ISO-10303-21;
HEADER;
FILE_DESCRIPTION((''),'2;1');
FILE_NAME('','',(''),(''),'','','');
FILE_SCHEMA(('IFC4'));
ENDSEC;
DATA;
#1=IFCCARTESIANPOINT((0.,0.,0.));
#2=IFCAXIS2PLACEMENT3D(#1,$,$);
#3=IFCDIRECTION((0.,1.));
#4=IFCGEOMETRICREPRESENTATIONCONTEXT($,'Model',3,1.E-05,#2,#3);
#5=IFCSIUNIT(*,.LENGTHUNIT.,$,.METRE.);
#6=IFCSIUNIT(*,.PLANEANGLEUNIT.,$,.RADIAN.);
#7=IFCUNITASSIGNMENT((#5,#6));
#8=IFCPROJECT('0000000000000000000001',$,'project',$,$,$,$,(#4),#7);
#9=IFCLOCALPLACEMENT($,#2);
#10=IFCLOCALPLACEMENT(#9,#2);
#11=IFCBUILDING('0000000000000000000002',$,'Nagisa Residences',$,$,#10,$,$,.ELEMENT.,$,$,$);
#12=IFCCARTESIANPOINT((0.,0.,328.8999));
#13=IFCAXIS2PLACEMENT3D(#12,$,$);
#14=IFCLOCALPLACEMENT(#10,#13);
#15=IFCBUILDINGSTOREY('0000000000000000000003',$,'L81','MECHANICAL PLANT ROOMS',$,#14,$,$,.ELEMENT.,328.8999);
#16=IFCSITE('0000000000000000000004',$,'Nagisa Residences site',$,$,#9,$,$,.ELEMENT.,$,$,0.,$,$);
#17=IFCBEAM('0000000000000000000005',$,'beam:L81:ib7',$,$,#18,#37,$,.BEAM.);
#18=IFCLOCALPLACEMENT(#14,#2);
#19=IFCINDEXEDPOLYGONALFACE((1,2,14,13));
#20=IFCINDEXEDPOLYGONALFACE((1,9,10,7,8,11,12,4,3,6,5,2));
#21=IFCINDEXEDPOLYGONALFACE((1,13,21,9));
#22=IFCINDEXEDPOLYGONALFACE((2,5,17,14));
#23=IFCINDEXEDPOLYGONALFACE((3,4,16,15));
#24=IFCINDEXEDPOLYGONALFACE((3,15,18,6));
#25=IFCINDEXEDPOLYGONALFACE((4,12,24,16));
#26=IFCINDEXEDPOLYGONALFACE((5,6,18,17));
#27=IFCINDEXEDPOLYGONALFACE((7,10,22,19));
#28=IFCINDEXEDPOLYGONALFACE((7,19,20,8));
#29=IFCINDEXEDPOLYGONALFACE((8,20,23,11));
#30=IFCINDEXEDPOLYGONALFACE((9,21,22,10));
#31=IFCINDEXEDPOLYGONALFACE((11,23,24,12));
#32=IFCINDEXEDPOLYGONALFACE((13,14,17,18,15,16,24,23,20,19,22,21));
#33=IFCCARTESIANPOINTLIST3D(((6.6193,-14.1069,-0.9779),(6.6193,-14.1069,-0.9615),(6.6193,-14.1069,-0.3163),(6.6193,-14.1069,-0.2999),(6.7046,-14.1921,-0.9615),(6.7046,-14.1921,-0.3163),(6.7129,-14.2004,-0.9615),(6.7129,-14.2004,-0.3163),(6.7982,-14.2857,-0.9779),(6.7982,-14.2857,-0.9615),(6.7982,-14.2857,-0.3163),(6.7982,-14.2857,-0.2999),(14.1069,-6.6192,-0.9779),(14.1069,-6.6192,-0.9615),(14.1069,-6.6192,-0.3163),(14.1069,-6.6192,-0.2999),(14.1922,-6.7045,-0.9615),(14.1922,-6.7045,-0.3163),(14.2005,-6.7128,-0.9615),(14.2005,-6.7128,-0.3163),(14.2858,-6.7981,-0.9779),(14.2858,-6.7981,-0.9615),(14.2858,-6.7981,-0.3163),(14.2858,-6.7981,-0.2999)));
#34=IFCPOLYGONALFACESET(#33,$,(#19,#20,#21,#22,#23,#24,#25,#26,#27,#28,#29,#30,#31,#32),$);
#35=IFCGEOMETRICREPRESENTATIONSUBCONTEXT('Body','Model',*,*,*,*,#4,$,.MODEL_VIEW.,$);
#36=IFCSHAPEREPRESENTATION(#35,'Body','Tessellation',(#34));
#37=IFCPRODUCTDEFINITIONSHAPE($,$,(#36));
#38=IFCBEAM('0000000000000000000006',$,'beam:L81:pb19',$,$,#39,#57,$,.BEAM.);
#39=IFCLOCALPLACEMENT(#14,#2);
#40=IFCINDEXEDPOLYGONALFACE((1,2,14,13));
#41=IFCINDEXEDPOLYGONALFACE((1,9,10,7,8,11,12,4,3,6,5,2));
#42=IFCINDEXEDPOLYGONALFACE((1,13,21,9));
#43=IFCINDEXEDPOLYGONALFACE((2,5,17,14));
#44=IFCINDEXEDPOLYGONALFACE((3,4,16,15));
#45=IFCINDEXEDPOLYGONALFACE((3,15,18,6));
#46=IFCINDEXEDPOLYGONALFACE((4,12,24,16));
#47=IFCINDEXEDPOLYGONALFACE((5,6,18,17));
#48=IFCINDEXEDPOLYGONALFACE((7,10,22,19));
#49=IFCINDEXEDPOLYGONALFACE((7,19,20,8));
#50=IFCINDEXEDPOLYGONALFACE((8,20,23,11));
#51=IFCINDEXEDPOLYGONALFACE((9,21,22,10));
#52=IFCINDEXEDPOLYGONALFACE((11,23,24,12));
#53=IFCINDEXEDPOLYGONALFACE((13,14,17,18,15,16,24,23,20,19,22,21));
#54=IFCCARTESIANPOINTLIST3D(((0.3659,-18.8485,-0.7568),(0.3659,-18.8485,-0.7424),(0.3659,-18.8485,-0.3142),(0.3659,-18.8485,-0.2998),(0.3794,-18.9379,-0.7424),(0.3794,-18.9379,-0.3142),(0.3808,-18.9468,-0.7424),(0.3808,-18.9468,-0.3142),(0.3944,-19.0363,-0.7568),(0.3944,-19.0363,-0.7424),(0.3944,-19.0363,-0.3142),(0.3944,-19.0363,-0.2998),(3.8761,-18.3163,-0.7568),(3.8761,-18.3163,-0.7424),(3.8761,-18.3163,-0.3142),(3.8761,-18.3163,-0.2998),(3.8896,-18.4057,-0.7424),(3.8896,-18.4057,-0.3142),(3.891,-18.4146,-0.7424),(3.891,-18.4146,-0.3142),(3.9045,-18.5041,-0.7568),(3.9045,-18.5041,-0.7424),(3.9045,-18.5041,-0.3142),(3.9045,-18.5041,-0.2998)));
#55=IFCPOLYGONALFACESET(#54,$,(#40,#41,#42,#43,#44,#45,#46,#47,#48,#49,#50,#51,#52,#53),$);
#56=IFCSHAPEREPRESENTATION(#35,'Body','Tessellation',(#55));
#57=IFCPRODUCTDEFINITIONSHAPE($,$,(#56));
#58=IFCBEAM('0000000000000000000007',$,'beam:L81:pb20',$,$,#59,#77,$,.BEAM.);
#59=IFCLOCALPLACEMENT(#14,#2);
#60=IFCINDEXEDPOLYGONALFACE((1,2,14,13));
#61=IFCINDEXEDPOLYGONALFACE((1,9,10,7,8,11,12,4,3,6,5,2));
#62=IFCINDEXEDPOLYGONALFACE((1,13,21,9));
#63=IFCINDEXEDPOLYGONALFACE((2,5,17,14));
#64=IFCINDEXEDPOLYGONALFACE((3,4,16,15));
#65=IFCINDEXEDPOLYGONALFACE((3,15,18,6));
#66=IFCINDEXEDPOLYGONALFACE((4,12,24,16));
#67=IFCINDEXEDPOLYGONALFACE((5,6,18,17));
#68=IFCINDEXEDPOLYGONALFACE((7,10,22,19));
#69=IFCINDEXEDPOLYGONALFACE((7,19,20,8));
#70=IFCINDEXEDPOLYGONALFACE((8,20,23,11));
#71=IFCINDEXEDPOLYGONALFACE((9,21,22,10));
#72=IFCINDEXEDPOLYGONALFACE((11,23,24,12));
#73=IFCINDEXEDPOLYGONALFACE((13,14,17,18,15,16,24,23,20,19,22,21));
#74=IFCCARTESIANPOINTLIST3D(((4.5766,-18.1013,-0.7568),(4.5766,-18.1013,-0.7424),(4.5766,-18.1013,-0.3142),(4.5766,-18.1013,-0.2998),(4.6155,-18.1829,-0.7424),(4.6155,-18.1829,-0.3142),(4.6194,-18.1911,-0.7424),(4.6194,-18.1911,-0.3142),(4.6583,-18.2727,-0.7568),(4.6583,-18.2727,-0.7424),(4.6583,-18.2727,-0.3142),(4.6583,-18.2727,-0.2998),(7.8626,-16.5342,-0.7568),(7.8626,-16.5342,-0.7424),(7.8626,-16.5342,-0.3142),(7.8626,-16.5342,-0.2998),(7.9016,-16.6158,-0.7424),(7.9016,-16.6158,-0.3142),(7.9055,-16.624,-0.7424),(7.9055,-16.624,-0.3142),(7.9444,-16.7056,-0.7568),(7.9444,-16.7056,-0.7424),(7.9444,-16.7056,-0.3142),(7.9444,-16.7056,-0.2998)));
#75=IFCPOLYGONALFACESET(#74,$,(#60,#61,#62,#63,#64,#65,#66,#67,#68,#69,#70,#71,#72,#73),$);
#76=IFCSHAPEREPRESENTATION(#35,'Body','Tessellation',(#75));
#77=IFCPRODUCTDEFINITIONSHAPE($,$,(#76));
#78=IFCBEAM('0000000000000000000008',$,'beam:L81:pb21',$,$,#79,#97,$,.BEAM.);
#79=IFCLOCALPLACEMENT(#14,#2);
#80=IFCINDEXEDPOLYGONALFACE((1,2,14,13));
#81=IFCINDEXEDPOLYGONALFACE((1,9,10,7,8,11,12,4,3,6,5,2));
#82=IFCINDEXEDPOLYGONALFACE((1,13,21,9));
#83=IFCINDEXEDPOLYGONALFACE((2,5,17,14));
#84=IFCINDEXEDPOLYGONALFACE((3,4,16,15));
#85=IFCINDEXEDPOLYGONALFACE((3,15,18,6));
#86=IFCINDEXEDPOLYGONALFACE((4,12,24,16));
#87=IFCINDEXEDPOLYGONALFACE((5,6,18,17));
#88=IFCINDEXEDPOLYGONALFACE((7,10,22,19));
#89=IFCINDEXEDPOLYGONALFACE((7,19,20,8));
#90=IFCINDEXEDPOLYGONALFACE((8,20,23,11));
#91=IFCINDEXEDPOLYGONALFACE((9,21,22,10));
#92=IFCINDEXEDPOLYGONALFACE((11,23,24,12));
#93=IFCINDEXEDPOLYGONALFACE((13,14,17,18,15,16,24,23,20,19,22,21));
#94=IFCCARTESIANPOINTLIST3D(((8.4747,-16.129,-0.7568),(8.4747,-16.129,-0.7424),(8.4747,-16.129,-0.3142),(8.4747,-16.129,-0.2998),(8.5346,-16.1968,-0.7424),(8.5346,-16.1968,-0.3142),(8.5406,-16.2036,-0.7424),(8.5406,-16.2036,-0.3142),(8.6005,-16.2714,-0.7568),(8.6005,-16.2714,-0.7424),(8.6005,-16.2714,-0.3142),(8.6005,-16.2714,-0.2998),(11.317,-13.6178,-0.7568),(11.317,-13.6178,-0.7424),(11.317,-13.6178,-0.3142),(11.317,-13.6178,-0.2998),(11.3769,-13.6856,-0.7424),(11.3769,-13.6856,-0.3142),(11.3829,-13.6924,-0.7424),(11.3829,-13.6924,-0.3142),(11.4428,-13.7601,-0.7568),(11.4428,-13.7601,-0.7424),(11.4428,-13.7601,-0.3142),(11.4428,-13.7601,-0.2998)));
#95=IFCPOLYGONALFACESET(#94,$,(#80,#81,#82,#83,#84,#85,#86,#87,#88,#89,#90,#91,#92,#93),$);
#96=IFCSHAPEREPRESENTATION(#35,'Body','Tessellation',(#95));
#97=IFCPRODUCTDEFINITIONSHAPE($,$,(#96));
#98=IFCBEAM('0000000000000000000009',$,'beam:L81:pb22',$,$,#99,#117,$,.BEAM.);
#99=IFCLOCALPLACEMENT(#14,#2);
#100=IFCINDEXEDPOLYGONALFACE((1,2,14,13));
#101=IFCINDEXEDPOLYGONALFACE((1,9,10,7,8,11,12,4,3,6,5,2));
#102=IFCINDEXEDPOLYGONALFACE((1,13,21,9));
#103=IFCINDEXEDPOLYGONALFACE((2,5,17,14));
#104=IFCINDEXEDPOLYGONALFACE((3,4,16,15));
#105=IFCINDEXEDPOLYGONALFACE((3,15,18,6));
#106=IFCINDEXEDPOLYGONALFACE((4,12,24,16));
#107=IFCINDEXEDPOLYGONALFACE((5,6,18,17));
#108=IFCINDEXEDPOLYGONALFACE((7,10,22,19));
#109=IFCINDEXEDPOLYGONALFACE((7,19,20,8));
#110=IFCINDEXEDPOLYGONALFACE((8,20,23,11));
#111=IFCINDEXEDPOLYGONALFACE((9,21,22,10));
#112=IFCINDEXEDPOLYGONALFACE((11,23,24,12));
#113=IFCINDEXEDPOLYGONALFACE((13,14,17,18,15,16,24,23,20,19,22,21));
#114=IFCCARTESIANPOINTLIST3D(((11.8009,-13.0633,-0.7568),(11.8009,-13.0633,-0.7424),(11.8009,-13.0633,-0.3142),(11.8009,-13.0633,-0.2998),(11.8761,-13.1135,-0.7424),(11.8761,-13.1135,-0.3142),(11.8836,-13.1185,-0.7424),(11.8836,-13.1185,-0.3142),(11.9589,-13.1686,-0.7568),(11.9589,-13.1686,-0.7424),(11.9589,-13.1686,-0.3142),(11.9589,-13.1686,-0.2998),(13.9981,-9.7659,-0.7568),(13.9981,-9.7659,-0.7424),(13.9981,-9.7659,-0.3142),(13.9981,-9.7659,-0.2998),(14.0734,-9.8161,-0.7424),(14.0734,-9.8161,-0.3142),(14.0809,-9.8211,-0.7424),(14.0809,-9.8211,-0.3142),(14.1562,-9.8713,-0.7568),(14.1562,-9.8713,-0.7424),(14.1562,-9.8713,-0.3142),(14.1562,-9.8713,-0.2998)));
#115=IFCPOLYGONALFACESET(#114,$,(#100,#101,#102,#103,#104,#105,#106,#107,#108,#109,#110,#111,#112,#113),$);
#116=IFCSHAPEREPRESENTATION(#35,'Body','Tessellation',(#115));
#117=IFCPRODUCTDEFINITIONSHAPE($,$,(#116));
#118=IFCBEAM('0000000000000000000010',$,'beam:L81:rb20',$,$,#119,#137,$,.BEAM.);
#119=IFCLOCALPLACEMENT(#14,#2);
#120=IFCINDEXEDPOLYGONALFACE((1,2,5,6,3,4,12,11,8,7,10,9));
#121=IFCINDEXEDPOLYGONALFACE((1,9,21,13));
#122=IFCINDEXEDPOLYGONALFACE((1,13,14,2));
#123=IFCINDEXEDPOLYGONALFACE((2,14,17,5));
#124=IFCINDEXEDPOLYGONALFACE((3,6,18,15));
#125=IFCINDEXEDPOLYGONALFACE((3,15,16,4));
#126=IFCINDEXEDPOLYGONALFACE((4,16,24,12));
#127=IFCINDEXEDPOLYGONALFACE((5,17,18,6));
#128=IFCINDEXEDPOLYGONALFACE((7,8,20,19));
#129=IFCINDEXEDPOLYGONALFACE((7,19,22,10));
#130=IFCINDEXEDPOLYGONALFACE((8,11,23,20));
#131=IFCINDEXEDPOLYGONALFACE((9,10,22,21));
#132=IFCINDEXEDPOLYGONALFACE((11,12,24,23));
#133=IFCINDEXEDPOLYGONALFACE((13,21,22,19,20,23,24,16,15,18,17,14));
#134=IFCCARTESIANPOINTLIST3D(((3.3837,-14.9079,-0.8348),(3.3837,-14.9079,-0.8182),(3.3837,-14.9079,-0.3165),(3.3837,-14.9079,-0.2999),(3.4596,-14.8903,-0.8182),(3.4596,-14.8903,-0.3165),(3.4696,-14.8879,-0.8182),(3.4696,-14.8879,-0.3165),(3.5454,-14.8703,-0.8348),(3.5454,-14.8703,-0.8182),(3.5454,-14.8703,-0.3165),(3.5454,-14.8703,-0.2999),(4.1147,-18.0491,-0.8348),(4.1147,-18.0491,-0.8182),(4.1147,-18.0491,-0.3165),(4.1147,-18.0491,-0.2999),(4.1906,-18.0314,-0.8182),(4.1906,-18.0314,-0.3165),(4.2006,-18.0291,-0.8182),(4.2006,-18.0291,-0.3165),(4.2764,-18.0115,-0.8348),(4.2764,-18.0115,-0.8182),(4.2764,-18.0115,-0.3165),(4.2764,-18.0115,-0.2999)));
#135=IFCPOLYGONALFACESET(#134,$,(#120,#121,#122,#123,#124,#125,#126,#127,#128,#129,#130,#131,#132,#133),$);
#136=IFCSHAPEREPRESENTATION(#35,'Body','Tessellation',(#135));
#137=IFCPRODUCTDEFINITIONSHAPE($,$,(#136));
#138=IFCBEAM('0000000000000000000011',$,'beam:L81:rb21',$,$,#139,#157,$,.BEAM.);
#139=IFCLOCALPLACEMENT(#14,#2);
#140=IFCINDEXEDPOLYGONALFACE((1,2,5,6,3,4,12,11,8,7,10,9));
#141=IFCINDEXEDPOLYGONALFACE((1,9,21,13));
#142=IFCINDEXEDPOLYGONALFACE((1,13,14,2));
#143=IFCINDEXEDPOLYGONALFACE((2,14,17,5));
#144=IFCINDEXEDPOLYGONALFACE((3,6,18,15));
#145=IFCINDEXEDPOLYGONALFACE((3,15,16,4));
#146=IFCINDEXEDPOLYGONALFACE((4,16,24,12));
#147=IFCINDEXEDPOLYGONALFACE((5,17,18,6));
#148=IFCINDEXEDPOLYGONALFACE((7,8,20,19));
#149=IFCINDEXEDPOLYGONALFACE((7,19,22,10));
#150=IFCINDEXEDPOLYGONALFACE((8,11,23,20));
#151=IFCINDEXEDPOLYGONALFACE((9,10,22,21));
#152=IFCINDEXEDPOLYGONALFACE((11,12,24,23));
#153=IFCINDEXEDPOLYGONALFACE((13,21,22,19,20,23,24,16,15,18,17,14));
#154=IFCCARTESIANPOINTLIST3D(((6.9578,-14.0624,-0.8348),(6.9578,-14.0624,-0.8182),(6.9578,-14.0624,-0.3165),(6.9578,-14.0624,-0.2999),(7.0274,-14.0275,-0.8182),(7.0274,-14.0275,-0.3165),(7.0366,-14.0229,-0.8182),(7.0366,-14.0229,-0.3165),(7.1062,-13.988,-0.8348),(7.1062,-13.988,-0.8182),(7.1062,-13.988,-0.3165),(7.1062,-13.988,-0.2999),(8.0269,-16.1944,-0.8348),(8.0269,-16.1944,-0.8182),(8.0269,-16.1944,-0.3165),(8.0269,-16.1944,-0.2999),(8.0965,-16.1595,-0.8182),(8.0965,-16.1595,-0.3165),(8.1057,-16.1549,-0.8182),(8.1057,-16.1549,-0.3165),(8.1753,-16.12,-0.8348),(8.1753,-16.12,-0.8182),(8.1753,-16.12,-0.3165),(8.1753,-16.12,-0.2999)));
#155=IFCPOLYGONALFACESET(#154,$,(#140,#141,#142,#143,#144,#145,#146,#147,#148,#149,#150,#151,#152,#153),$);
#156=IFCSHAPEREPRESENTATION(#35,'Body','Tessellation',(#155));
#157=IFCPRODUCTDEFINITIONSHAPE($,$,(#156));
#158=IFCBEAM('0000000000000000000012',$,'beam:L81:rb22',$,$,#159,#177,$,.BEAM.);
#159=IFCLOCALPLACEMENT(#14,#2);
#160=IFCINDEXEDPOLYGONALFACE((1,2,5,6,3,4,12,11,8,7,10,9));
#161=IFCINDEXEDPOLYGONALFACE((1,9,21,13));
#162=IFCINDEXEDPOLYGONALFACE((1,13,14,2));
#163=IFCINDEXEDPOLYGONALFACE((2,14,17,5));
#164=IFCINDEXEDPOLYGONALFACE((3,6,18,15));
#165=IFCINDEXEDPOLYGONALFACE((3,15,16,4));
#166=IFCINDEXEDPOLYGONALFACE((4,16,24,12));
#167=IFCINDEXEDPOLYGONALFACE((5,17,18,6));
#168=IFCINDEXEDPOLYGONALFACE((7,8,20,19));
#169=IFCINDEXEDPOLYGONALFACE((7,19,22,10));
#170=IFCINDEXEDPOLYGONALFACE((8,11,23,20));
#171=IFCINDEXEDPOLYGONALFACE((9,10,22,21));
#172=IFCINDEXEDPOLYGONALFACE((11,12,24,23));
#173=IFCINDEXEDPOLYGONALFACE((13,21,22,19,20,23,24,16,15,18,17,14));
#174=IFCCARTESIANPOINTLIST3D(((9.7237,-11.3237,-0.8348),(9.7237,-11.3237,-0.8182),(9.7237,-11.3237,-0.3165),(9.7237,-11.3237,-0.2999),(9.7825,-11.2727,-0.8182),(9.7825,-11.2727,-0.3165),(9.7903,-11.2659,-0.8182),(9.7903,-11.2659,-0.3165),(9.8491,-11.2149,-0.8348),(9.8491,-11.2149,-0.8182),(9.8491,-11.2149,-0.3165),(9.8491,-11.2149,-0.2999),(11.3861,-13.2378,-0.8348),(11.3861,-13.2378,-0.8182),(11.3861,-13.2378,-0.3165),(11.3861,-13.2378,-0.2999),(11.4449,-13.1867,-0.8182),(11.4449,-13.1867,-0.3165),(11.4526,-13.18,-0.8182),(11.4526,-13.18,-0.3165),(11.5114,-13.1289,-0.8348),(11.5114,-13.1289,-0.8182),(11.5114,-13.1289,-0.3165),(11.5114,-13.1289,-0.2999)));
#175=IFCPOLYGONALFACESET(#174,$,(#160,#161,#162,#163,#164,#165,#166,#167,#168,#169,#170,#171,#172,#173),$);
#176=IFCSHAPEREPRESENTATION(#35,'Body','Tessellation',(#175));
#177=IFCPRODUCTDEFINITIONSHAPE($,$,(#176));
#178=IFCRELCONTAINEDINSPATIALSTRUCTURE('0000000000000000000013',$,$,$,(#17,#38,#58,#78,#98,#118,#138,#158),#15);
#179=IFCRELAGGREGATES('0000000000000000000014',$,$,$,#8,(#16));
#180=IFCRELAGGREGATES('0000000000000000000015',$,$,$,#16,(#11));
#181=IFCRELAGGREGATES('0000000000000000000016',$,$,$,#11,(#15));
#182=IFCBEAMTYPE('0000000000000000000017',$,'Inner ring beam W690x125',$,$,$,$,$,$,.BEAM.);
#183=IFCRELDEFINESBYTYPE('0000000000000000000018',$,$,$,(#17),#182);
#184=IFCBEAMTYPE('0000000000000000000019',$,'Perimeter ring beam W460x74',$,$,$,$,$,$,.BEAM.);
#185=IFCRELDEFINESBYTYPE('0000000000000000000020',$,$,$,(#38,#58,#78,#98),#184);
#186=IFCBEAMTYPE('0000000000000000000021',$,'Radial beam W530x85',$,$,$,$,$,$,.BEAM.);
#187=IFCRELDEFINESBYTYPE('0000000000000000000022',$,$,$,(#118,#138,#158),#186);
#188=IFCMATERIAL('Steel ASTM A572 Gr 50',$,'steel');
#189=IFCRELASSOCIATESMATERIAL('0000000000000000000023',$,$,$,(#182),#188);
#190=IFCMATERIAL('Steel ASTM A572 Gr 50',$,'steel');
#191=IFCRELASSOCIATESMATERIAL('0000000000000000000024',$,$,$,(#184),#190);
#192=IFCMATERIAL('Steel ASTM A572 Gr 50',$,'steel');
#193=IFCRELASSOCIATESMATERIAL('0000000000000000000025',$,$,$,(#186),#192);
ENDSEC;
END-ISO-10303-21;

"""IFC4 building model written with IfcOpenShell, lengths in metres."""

from ifc_helpers import new_model, si_unit, direction, frame, origin, origin_2d, place, context, subcontext, project, spatial, i_section, extrude, material, material_profile, profile_set, type_object, element, save


model = new_model("IFC4")

# Units and contexts
model_context = context("Model", 3, precision=1e-05, world=origin(), true_north=direction((0.0, 1.0)))
body_context = subcontext(model_context, "Body", "Model", "MODEL_VIEW")
ifc_project = project(units=[si_unit("LENGTHUNIT", "METRE"), si_unit("PLANEANGLEUNIT", "RADIAN")], contexts=[model_context])

# Site, building, storey
site_placement = place(None, origin())
site = spatial("IfcSite", under=ifc_project, at=site_placement, Name="Nagisa Residences site", CompositionType="ELEMENT", RefElevation=0.0)
building_placement = place(site_placement, origin())
building = spatial("IfcBuilding", under=site, at=building_placement, Name="Nagisa Residences", CompositionType="ELEMENT")
storey_placement = place(building_placement, frame((0.0, 0.0, 328.8999)))
storey = spatial("IfcBuildingStorey", under=building, at=storey_placement, Name="L81", Description="MECHANICAL PLANT ROOMS", CompositionType="ELEMENT", Elevation=328.8999)

# Beams
ifc_material_1 = material(Name="Steel ASTM A572 Gr 50", Category="steel")
ifc_material_profile_1 = material_profile(ifc_material_1, i_section(OverallWidth=0.2529, OverallDepth=0.678, WebThickness=0.0117, FlangeThickness=0.0164, at=origin_2d()), Name="W690x125")
ifc_profile_set_1 = profile_set([ifc_material_profile_1], Name="Steel ASTM A572 Gr 50")
beam_type_1 = type_object("IfcBeamType", Name="Inner ring beam W690x125", PredefinedType="BEAM", material=ifc_profile_set_1)
beam_1_placement = place(storey_placement, frame((6.7087, -14.1963, -0.6389), z_axis=(0.707107, 0.707107, 0.0), x_axis=(-0.707107, 0.707107, 0.0)))
element("IfcBeam", 1, at=beam_1_placement, inside=storey, type_object=beam_type_1, Name="beam:L81:ib7", PredefinedType="BEAM", context=body_context, shape_type="SweptSolid", body=[
    extrude(i_section(OverallWidth=0.2529, OverallDepth=0.678, WebThickness=0.0117, FlangeThickness=0.0164, at=origin_2d()), origin(), (0.0, 0.0, 1.0), 10.5891),
])
ifc_material_2 = material(Name="Steel ASTM A572 Gr 50", Category="steel")
ifc_material_profile_2 = material_profile(ifc_material_2, i_section(OverallWidth=0.1899, OverallDepth=0.457, WebThickness=0.009, FlangeThickness=0.0144, at=origin_2d()), Name="W460x74")
ifc_profile_set_2 = profile_set([ifc_material_profile_2], Name="Steel ASTM A572 Gr 50")
beam_type_2 = type_object("IfcBeamType", Name="Perimeter ring beam W460x74", PredefinedType="BEAM", material=ifc_profile_set_2)
beam_2_placement = place(storey_placement, frame((0.3801, -18.9424, -0.5283), z_axis=(0.9887, 0.149907, 0.0), x_axis=(-0.149907, 0.9887, 0.0)))
element("IfcBeam", 2, at=beam_2_placement, inside=storey, type_object=beam_type_2, Name="beam:L81:pb19", PredefinedType="BEAM", context=body_context, shape_type="SweptSolid", body=[
    extrude(i_section(OverallWidth=0.1899, OverallDepth=0.457, WebThickness=0.009, FlangeThickness=0.0144, at=origin_2d()), origin(), (0.0, 0.0, 1.0), 3.5503),
])
beam_3_placement = place(storey_placement, frame((4.6174, -18.187, -0.5283), z_axis=(0.902614, 0.430452, 0.0), x_axis=(-0.430452, 0.902614, 0.0)))
element("IfcBeam", 3, at=beam_3_placement, inside=storey, type_object=beam_type_2, Name="beam:L81:pb20", PredefinedType="BEAM", context=body_context, shape_type="SweptSolid", body=[
    extrude(i_section(OverallWidth=0.1899, OverallDepth=0.457, WebThickness=0.009, FlangeThickness=0.0144, at=origin_2d()), origin(), (0.0, 0.0, 1.0), 3.6406),
])
beam_4_placement = place(storey_placement, frame((8.5376, -16.2002, -0.5283), z_axis=(0.749402, 0.662115, 0.0), x_axis=(-0.662115, 0.749402, 0.0)))
element("IfcBeam", 4, at=beam_4_placement, inside=storey, type_object=beam_type_2, Name="beam:L81:pb21", PredefinedType="BEAM", context=body_context, shape_type="SweptSolid", body=[
    extrude(i_section(OverallWidth=0.1899, OverallDepth=0.457, WebThickness=0.009, FlangeThickness=0.0144, at=origin_2d()), origin(), (0.0, 0.0, 1.0), 3.7927),
])
beam_5_placement = place(storey_placement, frame((11.8799, -13.116, -0.5283), z_axis=(0.55453, 0.832164, 0.0), x_axis=(-0.832164, 0.55453, 0.0)))
element("IfcBeam", 5, at=beam_5_placement, inside=storey, type_object=beam_type_2, Name="beam:L81:pb22", PredefinedType="BEAM", context=body_context, shape_type="SweptSolid", body=[
    extrude(i_section(OverallWidth=0.1899, OverallDepth=0.457, WebThickness=0.009, FlangeThickness=0.0144, at=origin_2d()), origin(), (0.0, 0.0, 1.0), 3.9624),
])
ifc_material_3 = material(Name="Steel ASTM A572 Gr 50", Category="steel")
ifc_material_profile_3 = material_profile(ifc_material_3, i_section(OverallWidth=0.166, OverallDepth=0.5349, WebThickness=0.0103, FlangeThickness=0.0166, at=origin_2d()), Name="W530x85")
ifc_profile_set_3 = profile_set([ifc_material_profile_3], Name="Steel ASTM A572 Gr 50")
beam_type_3 = type_object("IfcBeamType", Name="Radial beam W530x85", PredefinedType="BEAM", material=ifc_profile_set_3)
beam_6_placement = place(storey_placement, frame((4.1956, -18.0303, -0.5674), z_axis=(-0.22665, 0.973976, 0.0), x_axis=(-0.973976, -0.22665, 0.0)))
element("IfcBeam", 6, at=beam_6_placement, inside=storey, type_object=beam_type_3, Name="beam:L81:rb20", PredefinedType="BEAM", context=body_context, shape_type="SweptSolid", body=[
    extrude(i_section(OverallWidth=0.166, OverallDepth=0.5349, WebThickness=0.0103, FlangeThickness=0.0166, at=origin_2d()), origin(), (0.0, 0.0, 1.0), 3.2251),
])
beam_7_placement = place(storey_placement, frame((8.1011, -16.1572, -0.5674), z_axis=(-0.448237, 0.893915, 0.0), x_axis=(-0.893915, -0.448237, 0.0)))
element("IfcBeam", 7, at=beam_7_placement, inside=storey, type_object=beam_type_3, Name="beam:L81:rb21", PredefinedType="BEAM", context=body_context, shape_type="SweptSolid", body=[
    extrude(i_section(OverallWidth=0.166, OverallDepth=0.5349, WebThickness=0.0103, FlangeThickness=0.0166, at=origin_2d()), origin(), (0.0, 0.0, 1.0), 2.385),
])
beam_8_placement = place(storey_placement, frame((11.4487, -13.1833, -0.5674), z_axis=(-0.655718, 0.755006, 0.0), x_axis=(-0.755006, -0.655718, 0.0)))
element("IfcBeam", 8, at=beam_8_placement, inside=storey, type_object=beam_type_3, Name="beam:L81:rb22", PredefinedType="BEAM", context=body_context, shape_type="SweptSolid", body=[
    extrude(i_section(OverallWidth=0.166, OverallDepth=0.5349, WebThickness=0.0103, FlangeThickness=0.0166, at=origin_2d()), origin(), (0.0, 0.0, 1.0), 2.5352),
])

save(model, "model.ifc")
